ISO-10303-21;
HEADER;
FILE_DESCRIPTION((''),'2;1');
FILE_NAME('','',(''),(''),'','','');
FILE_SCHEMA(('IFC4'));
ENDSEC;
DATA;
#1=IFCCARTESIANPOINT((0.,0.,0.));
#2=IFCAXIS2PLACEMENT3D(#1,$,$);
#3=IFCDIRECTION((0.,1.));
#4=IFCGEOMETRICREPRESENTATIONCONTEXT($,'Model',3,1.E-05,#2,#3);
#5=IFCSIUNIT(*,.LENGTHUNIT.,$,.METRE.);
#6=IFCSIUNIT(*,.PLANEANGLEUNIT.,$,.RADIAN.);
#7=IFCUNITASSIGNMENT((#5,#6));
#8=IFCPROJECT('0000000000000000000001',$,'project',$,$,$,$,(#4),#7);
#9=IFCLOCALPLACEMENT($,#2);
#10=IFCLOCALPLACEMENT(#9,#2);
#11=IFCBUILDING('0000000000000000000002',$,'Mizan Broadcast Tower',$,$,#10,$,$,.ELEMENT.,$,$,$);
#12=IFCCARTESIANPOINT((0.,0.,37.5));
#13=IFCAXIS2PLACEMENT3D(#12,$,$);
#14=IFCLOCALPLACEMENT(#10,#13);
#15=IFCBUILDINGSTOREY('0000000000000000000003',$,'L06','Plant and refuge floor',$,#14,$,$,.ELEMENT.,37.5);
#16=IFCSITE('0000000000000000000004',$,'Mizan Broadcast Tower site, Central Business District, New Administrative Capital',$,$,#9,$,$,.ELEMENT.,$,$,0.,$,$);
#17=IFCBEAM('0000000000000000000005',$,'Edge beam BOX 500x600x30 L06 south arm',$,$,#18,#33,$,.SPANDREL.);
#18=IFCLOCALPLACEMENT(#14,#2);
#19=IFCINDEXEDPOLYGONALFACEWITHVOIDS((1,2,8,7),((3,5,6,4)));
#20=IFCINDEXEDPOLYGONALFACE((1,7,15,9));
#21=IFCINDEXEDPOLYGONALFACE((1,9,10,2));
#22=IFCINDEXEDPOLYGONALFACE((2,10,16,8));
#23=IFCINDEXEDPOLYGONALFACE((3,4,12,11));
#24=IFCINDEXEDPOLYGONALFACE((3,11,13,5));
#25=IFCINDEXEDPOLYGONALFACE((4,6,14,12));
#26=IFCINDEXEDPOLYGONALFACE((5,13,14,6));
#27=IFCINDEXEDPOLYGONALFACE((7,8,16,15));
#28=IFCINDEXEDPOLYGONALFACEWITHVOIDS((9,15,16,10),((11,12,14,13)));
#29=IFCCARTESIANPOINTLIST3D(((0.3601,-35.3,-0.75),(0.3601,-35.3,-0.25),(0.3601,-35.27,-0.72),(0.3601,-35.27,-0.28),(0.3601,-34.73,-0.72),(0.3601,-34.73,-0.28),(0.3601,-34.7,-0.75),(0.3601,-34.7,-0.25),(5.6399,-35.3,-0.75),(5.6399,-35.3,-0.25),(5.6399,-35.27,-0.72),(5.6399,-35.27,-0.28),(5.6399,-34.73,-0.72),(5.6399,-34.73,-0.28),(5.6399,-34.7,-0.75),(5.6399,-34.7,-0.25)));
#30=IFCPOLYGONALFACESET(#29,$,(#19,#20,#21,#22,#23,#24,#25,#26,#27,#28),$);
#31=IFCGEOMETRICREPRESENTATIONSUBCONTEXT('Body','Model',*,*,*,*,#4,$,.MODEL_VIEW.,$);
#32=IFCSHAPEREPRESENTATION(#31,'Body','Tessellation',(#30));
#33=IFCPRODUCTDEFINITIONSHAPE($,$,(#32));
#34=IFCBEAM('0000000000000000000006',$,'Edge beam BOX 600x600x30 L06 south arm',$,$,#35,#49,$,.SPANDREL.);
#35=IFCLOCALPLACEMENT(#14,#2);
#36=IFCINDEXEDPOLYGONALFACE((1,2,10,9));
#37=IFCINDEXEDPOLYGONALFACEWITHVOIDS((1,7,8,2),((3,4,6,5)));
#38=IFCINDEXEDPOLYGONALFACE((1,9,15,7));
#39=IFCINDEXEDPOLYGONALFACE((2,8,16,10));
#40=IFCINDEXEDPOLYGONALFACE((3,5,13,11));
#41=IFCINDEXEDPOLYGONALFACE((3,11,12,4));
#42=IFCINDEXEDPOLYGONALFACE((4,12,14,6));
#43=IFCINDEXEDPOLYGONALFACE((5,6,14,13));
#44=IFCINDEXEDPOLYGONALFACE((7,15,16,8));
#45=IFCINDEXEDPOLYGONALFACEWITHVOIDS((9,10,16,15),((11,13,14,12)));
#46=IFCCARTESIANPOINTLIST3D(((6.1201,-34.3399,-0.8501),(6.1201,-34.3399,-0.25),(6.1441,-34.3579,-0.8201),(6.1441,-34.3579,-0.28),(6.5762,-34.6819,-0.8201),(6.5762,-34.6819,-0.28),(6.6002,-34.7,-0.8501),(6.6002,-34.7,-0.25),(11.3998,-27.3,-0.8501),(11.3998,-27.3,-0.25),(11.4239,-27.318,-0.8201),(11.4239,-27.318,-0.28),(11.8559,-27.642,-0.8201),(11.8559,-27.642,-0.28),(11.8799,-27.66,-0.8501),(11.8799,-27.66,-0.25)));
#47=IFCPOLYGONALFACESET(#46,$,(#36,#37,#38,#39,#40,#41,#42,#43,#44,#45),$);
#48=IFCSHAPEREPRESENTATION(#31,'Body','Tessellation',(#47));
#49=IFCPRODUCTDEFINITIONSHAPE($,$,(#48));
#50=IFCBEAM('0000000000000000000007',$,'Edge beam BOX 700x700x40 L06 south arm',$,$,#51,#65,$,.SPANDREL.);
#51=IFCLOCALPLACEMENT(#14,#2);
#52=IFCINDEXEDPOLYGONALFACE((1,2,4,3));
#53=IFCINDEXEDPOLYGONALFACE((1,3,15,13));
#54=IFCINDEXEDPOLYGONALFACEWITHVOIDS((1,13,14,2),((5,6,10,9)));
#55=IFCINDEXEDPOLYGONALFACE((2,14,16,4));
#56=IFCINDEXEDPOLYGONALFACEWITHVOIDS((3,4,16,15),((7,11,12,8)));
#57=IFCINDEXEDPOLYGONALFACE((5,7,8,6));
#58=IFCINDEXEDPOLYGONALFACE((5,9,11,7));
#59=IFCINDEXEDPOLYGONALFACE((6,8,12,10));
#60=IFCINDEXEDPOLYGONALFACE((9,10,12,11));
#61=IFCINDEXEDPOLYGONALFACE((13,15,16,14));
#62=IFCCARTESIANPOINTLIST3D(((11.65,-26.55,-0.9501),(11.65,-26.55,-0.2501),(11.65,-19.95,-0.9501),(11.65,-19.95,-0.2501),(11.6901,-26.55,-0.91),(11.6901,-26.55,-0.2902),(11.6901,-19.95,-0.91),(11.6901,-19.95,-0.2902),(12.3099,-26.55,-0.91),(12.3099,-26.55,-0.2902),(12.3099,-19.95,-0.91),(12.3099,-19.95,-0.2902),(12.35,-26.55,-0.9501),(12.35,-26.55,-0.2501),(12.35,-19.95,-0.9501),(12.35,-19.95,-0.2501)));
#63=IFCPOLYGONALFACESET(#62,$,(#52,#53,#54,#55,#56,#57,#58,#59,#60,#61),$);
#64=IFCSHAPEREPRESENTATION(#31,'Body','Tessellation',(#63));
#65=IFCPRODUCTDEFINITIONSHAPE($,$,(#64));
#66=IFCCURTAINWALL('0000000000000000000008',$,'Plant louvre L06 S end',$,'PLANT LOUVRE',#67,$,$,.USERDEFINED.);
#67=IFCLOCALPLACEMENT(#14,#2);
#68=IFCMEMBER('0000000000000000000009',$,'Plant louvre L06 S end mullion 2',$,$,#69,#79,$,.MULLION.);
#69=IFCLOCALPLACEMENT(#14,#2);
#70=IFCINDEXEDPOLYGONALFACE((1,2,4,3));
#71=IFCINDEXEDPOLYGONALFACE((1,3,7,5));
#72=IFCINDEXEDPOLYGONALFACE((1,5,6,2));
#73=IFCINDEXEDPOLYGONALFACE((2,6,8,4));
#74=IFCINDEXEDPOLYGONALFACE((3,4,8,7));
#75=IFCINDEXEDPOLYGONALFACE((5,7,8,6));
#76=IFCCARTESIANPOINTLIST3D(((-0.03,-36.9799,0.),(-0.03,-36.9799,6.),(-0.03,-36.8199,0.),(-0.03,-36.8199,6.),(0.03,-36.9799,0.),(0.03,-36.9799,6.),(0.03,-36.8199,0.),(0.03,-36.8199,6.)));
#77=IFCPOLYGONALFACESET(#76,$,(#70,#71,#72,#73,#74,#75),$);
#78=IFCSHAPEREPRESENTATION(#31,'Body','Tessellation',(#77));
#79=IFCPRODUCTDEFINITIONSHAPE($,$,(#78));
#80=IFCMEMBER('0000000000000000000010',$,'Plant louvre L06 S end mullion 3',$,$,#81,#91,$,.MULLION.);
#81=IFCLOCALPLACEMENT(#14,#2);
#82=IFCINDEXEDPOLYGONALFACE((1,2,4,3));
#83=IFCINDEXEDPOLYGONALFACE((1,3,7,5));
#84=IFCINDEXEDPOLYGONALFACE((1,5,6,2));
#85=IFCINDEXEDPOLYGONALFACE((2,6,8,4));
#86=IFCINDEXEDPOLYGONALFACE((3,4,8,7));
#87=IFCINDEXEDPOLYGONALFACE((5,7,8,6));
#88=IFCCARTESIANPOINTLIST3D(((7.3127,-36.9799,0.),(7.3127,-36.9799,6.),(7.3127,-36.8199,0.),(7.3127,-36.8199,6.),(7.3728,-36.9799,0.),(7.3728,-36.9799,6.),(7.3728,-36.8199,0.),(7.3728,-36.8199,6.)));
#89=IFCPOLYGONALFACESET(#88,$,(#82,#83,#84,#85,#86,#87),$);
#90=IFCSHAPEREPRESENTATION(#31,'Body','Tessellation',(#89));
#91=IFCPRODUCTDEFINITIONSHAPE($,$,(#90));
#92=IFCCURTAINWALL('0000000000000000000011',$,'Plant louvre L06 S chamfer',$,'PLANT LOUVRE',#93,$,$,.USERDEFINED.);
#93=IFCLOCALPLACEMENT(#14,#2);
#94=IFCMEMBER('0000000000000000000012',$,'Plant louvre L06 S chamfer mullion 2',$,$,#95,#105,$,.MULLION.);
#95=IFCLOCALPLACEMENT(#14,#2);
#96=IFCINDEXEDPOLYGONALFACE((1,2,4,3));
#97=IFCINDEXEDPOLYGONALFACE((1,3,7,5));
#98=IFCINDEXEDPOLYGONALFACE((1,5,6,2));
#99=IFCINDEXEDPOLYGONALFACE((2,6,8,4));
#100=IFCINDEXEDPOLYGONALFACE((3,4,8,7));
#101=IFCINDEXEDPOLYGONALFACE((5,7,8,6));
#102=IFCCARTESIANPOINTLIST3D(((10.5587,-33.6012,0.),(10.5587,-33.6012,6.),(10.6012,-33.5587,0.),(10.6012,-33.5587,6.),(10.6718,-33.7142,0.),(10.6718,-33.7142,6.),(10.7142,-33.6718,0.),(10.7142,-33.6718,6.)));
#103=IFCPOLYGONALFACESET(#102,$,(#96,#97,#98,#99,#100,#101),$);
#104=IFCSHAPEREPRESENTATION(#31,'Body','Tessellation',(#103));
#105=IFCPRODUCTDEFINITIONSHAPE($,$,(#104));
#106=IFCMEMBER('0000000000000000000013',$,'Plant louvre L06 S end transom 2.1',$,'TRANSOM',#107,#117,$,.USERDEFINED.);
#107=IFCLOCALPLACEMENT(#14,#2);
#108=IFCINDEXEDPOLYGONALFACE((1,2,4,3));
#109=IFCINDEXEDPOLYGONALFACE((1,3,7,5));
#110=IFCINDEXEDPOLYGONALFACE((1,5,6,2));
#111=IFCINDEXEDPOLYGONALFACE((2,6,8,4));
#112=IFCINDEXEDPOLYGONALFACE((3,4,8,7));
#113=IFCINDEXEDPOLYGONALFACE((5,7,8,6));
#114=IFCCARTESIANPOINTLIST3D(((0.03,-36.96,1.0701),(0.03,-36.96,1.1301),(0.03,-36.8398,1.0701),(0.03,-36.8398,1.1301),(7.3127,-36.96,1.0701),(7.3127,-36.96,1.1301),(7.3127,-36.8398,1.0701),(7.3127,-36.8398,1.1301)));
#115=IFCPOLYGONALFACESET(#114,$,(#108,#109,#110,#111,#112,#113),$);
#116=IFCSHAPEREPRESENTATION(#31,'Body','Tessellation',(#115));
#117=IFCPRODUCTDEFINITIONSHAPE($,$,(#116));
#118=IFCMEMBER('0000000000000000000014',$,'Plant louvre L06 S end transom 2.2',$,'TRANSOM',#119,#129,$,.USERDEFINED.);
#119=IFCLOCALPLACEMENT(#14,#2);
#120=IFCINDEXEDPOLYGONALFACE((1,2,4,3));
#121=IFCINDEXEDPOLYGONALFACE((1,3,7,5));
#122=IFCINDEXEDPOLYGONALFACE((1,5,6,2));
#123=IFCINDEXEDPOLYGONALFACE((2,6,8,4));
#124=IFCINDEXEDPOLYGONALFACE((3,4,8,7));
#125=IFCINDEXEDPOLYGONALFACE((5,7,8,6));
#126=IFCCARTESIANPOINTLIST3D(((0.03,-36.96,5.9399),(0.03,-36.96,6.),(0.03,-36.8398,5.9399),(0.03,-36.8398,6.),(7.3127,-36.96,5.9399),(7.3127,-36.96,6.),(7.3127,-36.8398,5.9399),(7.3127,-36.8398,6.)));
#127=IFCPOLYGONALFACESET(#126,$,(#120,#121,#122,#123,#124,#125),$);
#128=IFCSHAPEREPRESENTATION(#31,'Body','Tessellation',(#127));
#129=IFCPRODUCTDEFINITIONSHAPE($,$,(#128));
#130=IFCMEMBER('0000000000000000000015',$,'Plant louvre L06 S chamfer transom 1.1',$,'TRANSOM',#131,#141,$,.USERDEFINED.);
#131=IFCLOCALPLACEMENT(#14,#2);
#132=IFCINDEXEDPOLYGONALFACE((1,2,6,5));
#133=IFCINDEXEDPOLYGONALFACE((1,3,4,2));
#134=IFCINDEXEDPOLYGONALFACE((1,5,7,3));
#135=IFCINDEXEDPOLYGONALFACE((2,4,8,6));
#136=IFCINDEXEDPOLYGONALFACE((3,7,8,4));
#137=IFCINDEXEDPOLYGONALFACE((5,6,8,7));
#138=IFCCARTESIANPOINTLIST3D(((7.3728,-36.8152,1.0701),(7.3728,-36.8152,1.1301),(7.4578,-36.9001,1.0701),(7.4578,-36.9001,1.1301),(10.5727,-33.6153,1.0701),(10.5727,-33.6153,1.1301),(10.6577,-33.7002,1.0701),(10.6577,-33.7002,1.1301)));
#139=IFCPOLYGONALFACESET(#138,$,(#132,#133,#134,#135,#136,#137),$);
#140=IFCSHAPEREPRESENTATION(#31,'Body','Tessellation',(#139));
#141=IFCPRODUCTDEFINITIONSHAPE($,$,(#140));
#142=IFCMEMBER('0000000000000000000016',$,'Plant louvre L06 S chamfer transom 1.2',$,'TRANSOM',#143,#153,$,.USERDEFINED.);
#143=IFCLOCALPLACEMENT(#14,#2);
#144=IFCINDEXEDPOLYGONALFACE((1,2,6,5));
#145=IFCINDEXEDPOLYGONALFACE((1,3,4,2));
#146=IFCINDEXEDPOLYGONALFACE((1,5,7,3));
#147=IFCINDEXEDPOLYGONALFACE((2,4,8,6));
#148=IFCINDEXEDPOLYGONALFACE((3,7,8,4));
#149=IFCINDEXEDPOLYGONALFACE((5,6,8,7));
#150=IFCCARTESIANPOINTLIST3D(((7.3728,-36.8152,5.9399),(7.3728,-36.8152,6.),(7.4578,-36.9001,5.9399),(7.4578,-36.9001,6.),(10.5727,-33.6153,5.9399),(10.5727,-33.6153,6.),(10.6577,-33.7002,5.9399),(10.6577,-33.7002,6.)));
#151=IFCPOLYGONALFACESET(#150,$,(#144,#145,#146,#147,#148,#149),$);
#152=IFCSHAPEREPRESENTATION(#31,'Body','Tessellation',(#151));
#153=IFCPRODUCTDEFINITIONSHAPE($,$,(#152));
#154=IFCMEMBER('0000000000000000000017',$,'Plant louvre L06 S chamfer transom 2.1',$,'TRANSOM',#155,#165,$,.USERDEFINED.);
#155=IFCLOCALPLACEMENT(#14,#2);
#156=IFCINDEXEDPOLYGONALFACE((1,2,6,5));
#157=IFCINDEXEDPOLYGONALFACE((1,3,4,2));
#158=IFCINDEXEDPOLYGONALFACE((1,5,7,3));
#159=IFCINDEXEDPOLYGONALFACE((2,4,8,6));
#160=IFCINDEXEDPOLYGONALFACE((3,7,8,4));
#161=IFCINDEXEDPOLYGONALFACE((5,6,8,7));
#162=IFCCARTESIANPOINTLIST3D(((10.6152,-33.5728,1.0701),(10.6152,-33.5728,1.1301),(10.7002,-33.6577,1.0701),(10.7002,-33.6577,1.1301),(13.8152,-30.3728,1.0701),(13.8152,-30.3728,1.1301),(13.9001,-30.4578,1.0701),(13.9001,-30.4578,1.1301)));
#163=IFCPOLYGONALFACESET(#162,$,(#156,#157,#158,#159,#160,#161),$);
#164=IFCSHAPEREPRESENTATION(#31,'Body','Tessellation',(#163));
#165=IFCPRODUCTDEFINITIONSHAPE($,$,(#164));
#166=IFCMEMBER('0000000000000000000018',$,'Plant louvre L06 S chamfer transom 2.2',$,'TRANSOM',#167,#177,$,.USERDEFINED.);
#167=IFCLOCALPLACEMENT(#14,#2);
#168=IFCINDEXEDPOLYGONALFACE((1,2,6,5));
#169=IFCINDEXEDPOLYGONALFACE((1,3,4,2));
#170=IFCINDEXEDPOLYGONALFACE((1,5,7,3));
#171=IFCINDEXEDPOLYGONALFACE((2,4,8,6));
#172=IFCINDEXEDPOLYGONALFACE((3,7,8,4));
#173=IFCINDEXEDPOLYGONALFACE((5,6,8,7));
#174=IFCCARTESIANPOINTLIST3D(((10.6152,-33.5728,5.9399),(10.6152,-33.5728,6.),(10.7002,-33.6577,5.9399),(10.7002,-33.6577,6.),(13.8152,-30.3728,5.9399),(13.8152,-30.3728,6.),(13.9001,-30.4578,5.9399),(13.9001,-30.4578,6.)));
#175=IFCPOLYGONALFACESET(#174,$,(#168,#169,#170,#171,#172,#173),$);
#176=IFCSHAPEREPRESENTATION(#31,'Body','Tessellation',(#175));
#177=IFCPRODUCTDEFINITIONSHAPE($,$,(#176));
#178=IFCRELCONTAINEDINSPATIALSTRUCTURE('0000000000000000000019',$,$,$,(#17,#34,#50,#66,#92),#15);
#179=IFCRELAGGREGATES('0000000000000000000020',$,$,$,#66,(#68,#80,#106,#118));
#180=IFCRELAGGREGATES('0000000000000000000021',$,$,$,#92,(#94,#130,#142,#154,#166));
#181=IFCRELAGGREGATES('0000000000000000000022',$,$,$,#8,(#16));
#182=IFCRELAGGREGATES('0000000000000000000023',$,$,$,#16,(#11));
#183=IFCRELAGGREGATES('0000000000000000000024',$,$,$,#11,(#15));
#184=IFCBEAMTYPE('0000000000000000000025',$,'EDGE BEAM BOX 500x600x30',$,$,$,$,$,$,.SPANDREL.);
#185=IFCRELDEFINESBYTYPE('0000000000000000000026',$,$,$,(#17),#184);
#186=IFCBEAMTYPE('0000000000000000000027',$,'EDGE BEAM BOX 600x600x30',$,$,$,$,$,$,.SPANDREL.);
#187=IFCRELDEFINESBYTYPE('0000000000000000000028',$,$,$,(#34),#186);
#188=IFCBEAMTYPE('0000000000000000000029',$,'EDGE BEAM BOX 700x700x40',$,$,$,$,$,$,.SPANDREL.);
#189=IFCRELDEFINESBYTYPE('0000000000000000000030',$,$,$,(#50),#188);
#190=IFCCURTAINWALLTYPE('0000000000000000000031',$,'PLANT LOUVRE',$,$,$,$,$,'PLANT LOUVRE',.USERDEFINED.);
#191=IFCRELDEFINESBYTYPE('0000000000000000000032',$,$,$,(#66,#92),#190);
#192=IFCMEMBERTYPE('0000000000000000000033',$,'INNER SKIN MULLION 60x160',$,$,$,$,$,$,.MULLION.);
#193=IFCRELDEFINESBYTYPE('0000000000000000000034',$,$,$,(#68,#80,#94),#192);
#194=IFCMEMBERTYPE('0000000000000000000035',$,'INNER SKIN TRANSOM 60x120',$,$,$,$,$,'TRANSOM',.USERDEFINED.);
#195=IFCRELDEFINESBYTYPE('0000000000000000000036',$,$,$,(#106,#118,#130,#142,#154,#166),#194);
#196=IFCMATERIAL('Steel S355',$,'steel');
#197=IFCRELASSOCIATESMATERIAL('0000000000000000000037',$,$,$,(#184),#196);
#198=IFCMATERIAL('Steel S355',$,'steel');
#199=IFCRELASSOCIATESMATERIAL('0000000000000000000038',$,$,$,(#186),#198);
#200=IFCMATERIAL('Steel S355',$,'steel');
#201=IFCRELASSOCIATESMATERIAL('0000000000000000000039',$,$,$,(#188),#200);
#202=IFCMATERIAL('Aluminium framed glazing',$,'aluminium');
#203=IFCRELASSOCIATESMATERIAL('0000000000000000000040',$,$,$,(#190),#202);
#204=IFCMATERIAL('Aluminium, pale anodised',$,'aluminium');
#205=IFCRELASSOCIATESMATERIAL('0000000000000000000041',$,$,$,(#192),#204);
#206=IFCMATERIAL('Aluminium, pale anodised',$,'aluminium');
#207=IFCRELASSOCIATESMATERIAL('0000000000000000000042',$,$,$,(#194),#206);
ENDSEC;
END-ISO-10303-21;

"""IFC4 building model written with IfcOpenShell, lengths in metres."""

from ifc_helpers import new_model, si_unit, direction, frame, origin, origin_2d, place, context, subcontext, project, spatial, rectangle, hollow_rectangle, extrude, material, material_profile, profile_set, type_object, element, aggregate, save


model = new_model("IFC4")

# Units and contexts
model_context = context("Model", 3, precision=1e-05, world=origin(), true_north=direction((0.0, 1.0)))
body_context = subcontext(model_context, "Body", "Model", "MODEL_VIEW")
ifc_project = project(units=[si_unit("LENGTHUNIT", "METRE"), si_unit("PLANEANGLEUNIT", "RADIAN")], contexts=[model_context])

# Site, building, storey
site_placement = place(None, origin())
site = spatial("IfcSite", under=ifc_project, at=site_placement, Name="Mizan Broadcast Tower site, Central Business District, New Administrative Capital", CompositionType="ELEMENT", RefElevation=0.0)
building_placement = place(site_placement, origin())
building = spatial("IfcBuilding", under=site, at=building_placement, Name="Mizan Broadcast Tower", CompositionType="ELEMENT")
storey_placement = place(building_placement, frame((0.0, 0.0, 37.5)))
storey = spatial("IfcBuildingStorey", under=building, at=storey_placement, Name="L06", Description="Plant and refuge floor", CompositionType="ELEMENT", Elevation=37.5)

# Beams
ifc_material_1 = material(Name="Steel S355", Category="steel")
ifc_material_profile_1 = material_profile(ifc_material_1, hollow_rectangle(XDim=0.6001, YDim=0.5, WallThickness=0.03, at=origin_2d()), Name="BOX 500x600x30")
ifc_profile_set_1 = profile_set([ifc_material_profile_1], Name="Steel S355")
beam_type_1 = type_object("IfcBeamType", Name="EDGE BEAM BOX 500x600x30", PredefinedType="SPANDREL", material=ifc_profile_set_1)
beam_1_placement = place(storey_placement, frame((5.6399, -35.0, -0.5), z_axis=(-1.0, 0.0, 0.0), x_axis=(0.0, -1.0, 0.0)))
element("IfcBeam", 1, at=beam_1_placement, inside=storey, type_object=beam_type_1, Name="Edge beam BOX 500x600x30 L06 south arm", PredefinedType="SPANDREL", context=body_context, shape_type="SweptSolid", body=[
    extrude(hollow_rectangle(XDim=0.6001, YDim=0.5, WallThickness=0.03, at=origin_2d()), origin(), (0.0, 0.0, 1.0), 5.2798),
])
ifc_material_2 = material(Name="Steel S355", Category="steel")
ifc_material_profile_2 = material_profile(ifc_material_2, hollow_rectangle(XDim=0.6001, YDim=0.6001, WallThickness=0.03, at=origin_2d()), Name="BOX 600x600x30")
ifc_profile_set_2 = profile_set([ifc_material_profile_2], Name="Steel S355")
beam_type_2 = type_object("IfcBeamType", Name="EDGE BEAM BOX 600x600x30", PredefinedType="SPANDREL", material=ifc_profile_set_2)
beam_2_placement = place(storey_placement, frame((11.6399, -27.48, -0.55), z_axis=(-0.599982, -0.800013, 0.0), x_axis=(0.800013, -0.599982, 0.0)))
element("IfcBeam", 2, at=beam_2_placement, inside=storey, type_object=beam_type_2, Name="Edge beam BOX 600x600x30 L06 south arm", PredefinedType="SPANDREL", context=body_context, shape_type="SweptSolid", body=[
    extrude(hollow_rectangle(XDim=0.6001, YDim=0.6001, WallThickness=0.03, at=origin_2d()), origin(), (0.0, 0.0, 1.0), 8.7998),
])
ifc_material_3 = material(Name="Steel S355", Category="steel")
ifc_material_profile_3 = material_profile(ifc_material_3, hollow_rectangle(XDim=0.7, YDim=0.7, WallThickness=0.04, at=origin_2d()), Name="BOX 700x700x40")
ifc_profile_set_3 = profile_set([ifc_material_profile_3], Name="Steel S355")
beam_type_3 = type_object("IfcBeamType", Name="EDGE BEAM BOX 700x700x40", PredefinedType="SPANDREL", material=ifc_profile_set_3)
beam_3_placement = place(storey_placement, frame((12.0, -19.95, -0.6001), z_axis=(0.0, -1.0, 0.0), x_axis=(1.0, 0.0, 0.0)))
element("IfcBeam", 3, at=beam_3_placement, inside=storey, type_object=beam_type_3, Name="Edge beam BOX 700x700x40 L06 south arm", PredefinedType="SPANDREL", context=body_context, shape_type="SweptSolid", body=[
    extrude(hollow_rectangle(XDim=0.7, YDim=0.7, WallThickness=0.04, at=origin_2d()), origin(), (0.0, 0.0, 1.0), 6.6001),
])

# Curtain wall, members
ifc_material_4 = material(Name="Aluminium framed glazing", Category="aluminium")
curtain_wall_type = type_object("IfcCurtainWallType", Name="PLANT LOUVRE", ElementType="PLANT LOUVRE", PredefinedType="USERDEFINED", material=ifc_material_4)
curtain_wall_1_placement = place(storey_placement, origin())
curtain_wall_1 = element("IfcCurtainWall", 4, at=curtain_wall_1_placement, inside=storey, type_object=curtain_wall_type, Name="Plant louvre L06 S end", ObjectType="PLANT LOUVRE", PredefinedType="USERDEFINED")
ifc_material_5 = material(Name="Aluminium, pale anodised", Category="aluminium")
ifc_material_profile_4 = material_profile(ifc_material_5, rectangle(XDim=0.1599, YDim=0.0601, at=origin_2d()), Name="MULLION 160x60")
ifc_profile_set_4 = profile_set([ifc_material_profile_4], Name="Aluminium, pale anodised")
member_type_1 = type_object("IfcMemberType", Name="INNER SKIN MULLION 60x160", PredefinedType="MULLION", material=ifc_profile_set_4)
member_1_placement = place(storey_placement, frame((0.0, -36.8999, 0.0), z_axis=(0.0, 0.0, 1.0), x_axis=(0.0, 1.0, 0.0)))
member_1 = element("IfcMember", 5, at=member_1_placement, type_object=member_type_1, Name="Plant louvre L06 S end mullion 2", PredefinedType="MULLION", context=body_context, shape_type="SweptSolid", body=[
    extrude(rectangle(XDim=0.1599, YDim=0.0601, at=origin_2d()), origin(), (0.0, 0.0, 1.0), 6.0),
])
member_2_placement = place(storey_placement, frame((7.3428, -36.8999, 0.0), z_axis=(0.0, 0.0, 1.0), x_axis=(0.0, 1.0, 0.0)))
member_2 = element("IfcMember", 6, at=member_2_placement, type_object=member_type_1, Name="Plant louvre L06 S end mullion 3", PredefinedType="MULLION", context=body_context, shape_type="SweptSolid", body=[
    extrude(rectangle(XDim=0.1599, YDim=0.0601, at=origin_2d()), origin(), (0.0, 0.0, 1.0), 6.0),
])

# Curtain wall, member
curtain_wall_2_placement = place(storey_placement, origin())
curtain_wall_2 = element("IfcCurtainWall", 7, at=curtain_wall_2_placement, inside=storey, type_object=curtain_wall_type, Name="Plant louvre L06 S chamfer", ObjectType="PLANT LOUVRE", PredefinedType="USERDEFINED")
member_3_placement = place(storey_placement, frame((10.6365, -33.6365, 0.0), z_axis=(0.0, 0.0, 1.0), x_axis=(-0.707107, 0.707107, 0.0)))
member_3 = element("IfcMember", 8, at=member_3_placement, type_object=member_type_1, Name="Plant louvre L06 S chamfer mullion 2", PredefinedType="MULLION", context=body_context, shape_type="SweptSolid", body=[
    extrude(rectangle(XDim=0.1599, YDim=0.0601, at=origin_2d()), origin(), (0.0, 0.0, 1.0), 6.0),
])

# Members
ifc_material_6 = material(Name="Aluminium, pale anodised", Category="aluminium")
ifc_material_profile_5 = material_profile(ifc_material_6, rectangle(XDim=0.1201, YDim=0.0601, at=origin_2d()), Name="TRANSOM 120x60")
ifc_profile_set_5 = profile_set([ifc_material_profile_5], Name="Aluminium, pale anodised")
member_type_2 = type_object("IfcMemberType", Name="INNER SKIN TRANSOM 60x120", ElementType="TRANSOM", PredefinedType="USERDEFINED", material=ifc_profile_set_5)
member_4_placement = place(storey_placement, frame((0.03, -36.8999, 1.1001), z_axis=(1.0, 0.0, 0.0), x_axis=(0.0, 1.0, 0.0)))
member_4 = element("IfcMember", 9, at=member_4_placement, type_object=member_type_2, Name="Plant louvre L06 S end transom 2.1", ObjectType="TRANSOM", PredefinedType="USERDEFINED", context=body_context, shape_type="SweptSolid", body=[
    extrude(rectangle(XDim=0.1201, YDim=0.0601, at=origin_2d()), origin(), (0.0, 0.0, 1.0), 7.2827),
])
member_5_placement = place(storey_placement, frame((0.03, -36.8999, 5.97), z_axis=(1.0, 0.0, 0.0), x_axis=(0.0, 1.0, 0.0)))
member_5 = element("IfcMember", 10, at=member_5_placement, type_object=member_type_2, Name="Plant louvre L06 S end transom 2.2", ObjectType="TRANSOM", PredefinedType="USERDEFINED", context=body_context, shape_type="SweptSolid", body=[
    extrude(rectangle(XDim=0.1201, YDim=0.0601, at=origin_2d()), origin(), (0.0, 0.0, 1.0), 7.2827),
])
member_6_placement = place(storey_placement, frame((7.4153, -36.8577, 1.1001), z_axis=(0.707107, 0.707107, 0.0), x_axis=(-0.707107, 0.707107, 0.0)))
member_6 = element("IfcMember", 11, at=member_6_placement, type_object=member_type_2, Name="Plant louvre L06 S chamfer transom 1.1", ObjectType="TRANSOM", PredefinedType="USERDEFINED", context=body_context, shape_type="SweptSolid", body=[
    extrude(rectangle(XDim=0.1201, YDim=0.0601, at=origin_2d()), origin(), (0.0, 0.0, 1.0), 4.5254),
])
member_7_placement = place(storey_placement, frame((7.4153, -36.8577, 5.97), z_axis=(0.707107, 0.707107, 0.0), x_axis=(-0.707107, 0.707107, 0.0)))
member_7 = element("IfcMember", 12, at=member_7_placement, type_object=member_type_2, Name="Plant louvre L06 S chamfer transom 1.2", ObjectType="TRANSOM", PredefinedType="USERDEFINED", context=body_context, shape_type="SweptSolid", body=[
    extrude(rectangle(XDim=0.1201, YDim=0.0601, at=origin_2d()), origin(), (0.0, 0.0, 1.0), 4.5254),
])
member_8_placement = place(storey_placement, frame((10.6577, -33.6152, 1.1001), z_axis=(0.707107, 0.707107, 0.0), x_axis=(-0.707107, 0.707107, 0.0)))
member_8 = element("IfcMember", 13, at=member_8_placement, type_object=member_type_2, Name="Plant louvre L06 S chamfer transom 2.1", ObjectType="TRANSOM", PredefinedType="USERDEFINED", context=body_context, shape_type="SweptSolid", body=[
    extrude(rectangle(XDim=0.1201, YDim=0.0601, at=origin_2d()), origin(), (0.0, 0.0, 1.0), 4.5254),
])
member_9_placement = place(storey_placement, frame((10.6577, -33.6152, 5.97), z_axis=(0.707107, 0.707107, 0.0), x_axis=(-0.707107, 0.707107, 0.0)))
member_9 = element("IfcMember", 14, at=member_9_placement, type_object=member_type_2, Name="Plant louvre L06 S chamfer transom 2.2", ObjectType="TRANSOM", PredefinedType="USERDEFINED", context=body_context, shape_type="SweptSolid", body=[
    extrude(rectangle(XDim=0.1201, YDim=0.0601, at=origin_2d()), origin(), (0.0, 0.0, 1.0), 4.5254),
])

aggregate(curtain_wall_1, [member_1, member_2, member_4, member_5])
aggregate(curtain_wall_2, [member_3, member_6, member_7, member_8, member_9])

save(model, "model.ifc")
